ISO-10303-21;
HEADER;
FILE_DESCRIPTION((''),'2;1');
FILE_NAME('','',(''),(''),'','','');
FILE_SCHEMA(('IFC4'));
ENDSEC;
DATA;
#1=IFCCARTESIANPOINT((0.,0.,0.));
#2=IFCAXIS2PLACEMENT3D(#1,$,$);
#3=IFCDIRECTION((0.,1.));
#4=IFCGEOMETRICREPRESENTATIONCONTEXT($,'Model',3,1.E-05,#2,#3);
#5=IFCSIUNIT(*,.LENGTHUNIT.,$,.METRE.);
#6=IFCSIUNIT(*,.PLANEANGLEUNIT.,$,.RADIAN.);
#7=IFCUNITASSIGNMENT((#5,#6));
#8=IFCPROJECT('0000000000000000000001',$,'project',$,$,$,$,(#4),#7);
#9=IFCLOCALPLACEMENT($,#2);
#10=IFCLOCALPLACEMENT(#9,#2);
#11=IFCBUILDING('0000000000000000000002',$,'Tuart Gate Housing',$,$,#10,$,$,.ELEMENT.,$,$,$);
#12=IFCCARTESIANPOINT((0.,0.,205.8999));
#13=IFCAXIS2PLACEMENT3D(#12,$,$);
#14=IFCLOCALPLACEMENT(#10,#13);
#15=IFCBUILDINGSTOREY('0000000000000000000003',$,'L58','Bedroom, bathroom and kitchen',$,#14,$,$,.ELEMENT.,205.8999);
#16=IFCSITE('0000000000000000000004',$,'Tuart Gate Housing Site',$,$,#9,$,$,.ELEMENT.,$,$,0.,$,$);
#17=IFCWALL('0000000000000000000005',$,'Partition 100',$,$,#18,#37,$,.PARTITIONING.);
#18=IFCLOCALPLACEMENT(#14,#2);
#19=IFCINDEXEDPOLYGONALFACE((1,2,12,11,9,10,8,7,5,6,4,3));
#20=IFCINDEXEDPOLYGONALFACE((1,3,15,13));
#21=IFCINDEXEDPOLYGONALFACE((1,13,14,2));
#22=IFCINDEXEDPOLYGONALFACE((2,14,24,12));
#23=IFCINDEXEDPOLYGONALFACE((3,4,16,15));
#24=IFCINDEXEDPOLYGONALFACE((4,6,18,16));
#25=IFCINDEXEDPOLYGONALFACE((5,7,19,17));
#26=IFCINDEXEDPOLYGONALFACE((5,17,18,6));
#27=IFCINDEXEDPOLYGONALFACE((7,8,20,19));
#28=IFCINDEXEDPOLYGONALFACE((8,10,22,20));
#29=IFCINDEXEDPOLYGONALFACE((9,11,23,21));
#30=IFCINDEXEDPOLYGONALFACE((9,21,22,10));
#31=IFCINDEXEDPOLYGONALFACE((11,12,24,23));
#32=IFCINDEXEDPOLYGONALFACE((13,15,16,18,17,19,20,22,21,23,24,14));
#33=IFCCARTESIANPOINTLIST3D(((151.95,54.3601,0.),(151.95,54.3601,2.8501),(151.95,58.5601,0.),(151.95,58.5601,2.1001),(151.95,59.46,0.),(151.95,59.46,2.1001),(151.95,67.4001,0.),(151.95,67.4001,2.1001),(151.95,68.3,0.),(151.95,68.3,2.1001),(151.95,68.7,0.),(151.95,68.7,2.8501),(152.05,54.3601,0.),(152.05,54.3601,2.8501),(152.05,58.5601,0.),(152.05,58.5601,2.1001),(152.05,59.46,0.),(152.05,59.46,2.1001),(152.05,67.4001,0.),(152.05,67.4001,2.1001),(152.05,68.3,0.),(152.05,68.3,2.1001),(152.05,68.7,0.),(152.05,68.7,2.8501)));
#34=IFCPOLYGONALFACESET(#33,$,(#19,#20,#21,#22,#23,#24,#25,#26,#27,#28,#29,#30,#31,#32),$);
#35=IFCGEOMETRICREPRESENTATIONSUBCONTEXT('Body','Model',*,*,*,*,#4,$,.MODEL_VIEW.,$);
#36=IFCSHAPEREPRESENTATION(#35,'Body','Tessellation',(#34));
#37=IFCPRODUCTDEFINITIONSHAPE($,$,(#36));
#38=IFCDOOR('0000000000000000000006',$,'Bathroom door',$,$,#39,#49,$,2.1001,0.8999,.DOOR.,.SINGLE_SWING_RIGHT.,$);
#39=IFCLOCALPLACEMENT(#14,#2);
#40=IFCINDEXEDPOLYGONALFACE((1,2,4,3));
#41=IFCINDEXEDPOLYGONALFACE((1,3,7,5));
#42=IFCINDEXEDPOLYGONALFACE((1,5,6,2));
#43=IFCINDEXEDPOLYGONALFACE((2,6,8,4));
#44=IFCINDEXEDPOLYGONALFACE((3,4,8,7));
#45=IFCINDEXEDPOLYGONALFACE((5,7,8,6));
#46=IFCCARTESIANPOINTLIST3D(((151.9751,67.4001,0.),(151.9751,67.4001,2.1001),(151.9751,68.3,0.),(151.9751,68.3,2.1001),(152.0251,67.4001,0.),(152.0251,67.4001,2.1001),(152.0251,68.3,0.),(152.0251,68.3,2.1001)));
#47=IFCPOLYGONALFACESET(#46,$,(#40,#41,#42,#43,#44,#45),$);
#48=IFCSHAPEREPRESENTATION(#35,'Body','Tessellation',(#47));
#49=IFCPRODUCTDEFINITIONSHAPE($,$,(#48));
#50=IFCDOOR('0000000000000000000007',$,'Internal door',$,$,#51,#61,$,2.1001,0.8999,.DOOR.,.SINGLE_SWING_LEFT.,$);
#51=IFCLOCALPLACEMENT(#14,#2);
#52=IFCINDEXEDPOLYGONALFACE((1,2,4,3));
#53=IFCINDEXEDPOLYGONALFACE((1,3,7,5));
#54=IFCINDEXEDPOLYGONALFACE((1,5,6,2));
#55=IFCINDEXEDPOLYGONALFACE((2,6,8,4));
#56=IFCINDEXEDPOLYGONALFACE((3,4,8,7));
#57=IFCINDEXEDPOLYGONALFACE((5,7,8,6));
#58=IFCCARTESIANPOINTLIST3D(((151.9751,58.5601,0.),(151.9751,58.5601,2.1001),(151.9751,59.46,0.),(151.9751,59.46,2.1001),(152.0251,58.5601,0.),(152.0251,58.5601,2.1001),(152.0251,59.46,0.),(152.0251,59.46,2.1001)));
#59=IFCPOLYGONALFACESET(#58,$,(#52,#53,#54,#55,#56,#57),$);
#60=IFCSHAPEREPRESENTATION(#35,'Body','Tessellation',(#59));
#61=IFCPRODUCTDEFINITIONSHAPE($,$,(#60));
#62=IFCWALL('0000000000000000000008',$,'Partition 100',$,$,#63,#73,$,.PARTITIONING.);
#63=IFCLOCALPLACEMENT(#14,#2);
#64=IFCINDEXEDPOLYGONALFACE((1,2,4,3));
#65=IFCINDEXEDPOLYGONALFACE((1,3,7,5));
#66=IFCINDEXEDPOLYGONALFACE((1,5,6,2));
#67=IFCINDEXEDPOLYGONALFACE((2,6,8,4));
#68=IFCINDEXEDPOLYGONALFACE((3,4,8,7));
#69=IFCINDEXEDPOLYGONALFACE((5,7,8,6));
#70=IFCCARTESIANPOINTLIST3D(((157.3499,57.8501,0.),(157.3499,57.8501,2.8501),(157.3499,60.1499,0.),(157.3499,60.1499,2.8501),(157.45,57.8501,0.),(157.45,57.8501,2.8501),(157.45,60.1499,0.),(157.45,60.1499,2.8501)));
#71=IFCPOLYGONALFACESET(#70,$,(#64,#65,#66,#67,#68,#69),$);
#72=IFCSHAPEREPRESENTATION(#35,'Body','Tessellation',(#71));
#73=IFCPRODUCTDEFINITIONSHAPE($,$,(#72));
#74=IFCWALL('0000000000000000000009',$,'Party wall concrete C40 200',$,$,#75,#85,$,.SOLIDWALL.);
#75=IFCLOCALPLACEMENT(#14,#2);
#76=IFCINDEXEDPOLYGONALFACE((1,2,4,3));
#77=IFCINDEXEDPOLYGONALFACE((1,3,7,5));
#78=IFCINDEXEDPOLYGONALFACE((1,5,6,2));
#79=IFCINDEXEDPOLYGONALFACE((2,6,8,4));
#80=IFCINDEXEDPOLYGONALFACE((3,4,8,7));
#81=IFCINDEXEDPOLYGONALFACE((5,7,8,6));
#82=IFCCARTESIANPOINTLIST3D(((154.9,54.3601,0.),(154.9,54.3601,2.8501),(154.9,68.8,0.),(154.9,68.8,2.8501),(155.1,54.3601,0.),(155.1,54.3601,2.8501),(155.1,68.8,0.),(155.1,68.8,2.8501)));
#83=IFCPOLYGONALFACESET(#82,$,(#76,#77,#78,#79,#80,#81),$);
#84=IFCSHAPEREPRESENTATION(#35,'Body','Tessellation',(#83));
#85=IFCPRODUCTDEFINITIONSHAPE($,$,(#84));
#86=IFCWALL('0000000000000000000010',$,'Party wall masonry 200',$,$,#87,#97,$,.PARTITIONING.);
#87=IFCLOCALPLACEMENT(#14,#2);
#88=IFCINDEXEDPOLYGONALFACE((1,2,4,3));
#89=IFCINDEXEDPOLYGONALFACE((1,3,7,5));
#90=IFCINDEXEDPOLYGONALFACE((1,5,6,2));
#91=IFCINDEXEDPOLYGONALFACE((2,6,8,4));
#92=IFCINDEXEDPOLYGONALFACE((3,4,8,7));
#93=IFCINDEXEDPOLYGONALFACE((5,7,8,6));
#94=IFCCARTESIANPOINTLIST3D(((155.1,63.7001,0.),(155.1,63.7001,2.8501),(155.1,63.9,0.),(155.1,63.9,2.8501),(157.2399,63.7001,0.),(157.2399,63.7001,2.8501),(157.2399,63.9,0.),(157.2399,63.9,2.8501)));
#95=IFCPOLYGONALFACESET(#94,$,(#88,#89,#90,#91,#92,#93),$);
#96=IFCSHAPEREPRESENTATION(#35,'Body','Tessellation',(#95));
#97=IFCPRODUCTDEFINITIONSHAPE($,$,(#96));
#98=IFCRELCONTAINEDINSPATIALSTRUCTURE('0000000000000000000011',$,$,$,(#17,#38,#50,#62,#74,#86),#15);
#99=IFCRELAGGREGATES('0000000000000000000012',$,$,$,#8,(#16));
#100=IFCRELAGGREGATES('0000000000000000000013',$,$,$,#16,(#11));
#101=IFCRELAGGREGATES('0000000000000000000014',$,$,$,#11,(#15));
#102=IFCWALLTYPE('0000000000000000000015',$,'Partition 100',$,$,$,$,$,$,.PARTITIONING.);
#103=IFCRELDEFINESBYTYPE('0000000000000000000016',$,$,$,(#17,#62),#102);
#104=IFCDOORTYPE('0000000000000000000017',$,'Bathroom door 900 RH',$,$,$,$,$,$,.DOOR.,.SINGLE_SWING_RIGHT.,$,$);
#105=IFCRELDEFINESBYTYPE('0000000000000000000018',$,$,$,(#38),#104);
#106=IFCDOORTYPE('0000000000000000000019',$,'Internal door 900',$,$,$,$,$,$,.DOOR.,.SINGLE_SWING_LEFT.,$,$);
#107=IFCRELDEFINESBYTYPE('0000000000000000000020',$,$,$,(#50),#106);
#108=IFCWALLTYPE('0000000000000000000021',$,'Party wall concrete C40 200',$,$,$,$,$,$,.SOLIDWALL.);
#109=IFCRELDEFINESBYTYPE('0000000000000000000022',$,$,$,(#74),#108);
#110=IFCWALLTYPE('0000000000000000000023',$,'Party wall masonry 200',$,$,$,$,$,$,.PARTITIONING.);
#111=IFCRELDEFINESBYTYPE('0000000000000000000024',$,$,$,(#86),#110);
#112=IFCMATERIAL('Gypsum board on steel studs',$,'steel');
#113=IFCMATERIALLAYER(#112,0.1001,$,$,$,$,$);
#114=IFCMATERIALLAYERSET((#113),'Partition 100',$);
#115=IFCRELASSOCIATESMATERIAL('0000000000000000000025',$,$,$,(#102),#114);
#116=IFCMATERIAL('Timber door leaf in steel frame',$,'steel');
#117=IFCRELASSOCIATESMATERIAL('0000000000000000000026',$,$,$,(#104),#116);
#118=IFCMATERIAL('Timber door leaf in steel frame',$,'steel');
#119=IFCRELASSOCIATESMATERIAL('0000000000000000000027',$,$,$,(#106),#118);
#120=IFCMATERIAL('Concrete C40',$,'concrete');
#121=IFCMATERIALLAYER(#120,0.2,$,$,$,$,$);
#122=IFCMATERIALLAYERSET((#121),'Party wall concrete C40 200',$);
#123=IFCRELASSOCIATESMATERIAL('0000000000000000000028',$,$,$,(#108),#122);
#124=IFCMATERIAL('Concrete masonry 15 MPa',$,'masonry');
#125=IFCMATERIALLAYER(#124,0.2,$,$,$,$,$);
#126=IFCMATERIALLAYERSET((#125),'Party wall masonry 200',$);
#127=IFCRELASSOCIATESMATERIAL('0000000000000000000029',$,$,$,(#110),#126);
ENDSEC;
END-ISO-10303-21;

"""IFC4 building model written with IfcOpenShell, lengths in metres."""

from ifc_helpers import new_model, si_unit, direction, frame, frame_2d, origin, place, context, subcontext, project, spatial, rectangle, extrude, material, layer, layer_set, type_object, element, fill, save


model = new_model("IFC4")

# Units and contexts
model_context = context("Model", 3, precision=1e-05, world=origin(), true_north=direction((0.0, 1.0)))
body_context = subcontext(model_context, "Body", "Model", "MODEL_VIEW")
ifc_project = project(units=[si_unit("LENGTHUNIT", "METRE"), si_unit("PLANEANGLEUNIT", "RADIAN")], contexts=[model_context])

# Site, building, storey
site_placement = place(None, origin())
site = spatial("IfcSite", under=ifc_project, at=site_placement, Name="Tuart Gate Housing Site", CompositionType="ELEMENT", RefElevation=0.0)
building_placement = place(site_placement, origin())
building = spatial("IfcBuilding", under=site, at=building_placement, Name="Tuart Gate Housing", CompositionType="ELEMENT")
storey_placement = place(building_placement, frame((0.0, 0.0, 205.8999)))
storey = spatial("IfcBuildingStorey", under=building, at=storey_placement, Name="L58", Description="Bedroom, bathroom and kitchen", CompositionType="ELEMENT", Elevation=205.8999)

# Shared definitions
ifc_material_1 = material(Name="Gypsum board on steel studs", Category="steel")
ifc_layer_1 = layer(ifc_material_1, 0.1001)
ifc_layer_set_1 = layer_set([ifc_layer_1], Name="Partition 100")
wall_type_1 = type_object("IfcWallType", Name="Partition 100", PredefinedType="PARTITIONING", material=ifc_layer_set_1)

# Wall, openings, doors
wall_1_placement = place(storey_placement, frame((152.0, 54.3601, 0.0), z_axis=(0.0, 0.0, 1.0), x_axis=(0.0, 1.0, 0.0)))
wall_1 = element("IfcWall", 1, at=wall_1_placement, inside=storey, type_object=wall_type_1, Name="Partition 100", PredefinedType="PARTITIONING", context=body_context, shape_type="SweptSolid", body=[
    extrude(rectangle(XDim=14.3398, YDim=0.1001, at=frame_2d((7.1699, 0.0))), origin(), (0.0, 0.0, 1.0), 2.8501),
])
opening_1_placement = place(wall_1_placement, frame((4.2, 0.0, 0.0)))
opening_1 = element("IfcOpeningElement", 2, at=opening_1_placement, cuts=wall_1, PredefinedType="OPENING", context=body_context, shape_type="SweptSolid", body=[
    extrude(rectangle(XDim=0.8999, YDim=2.1001, at=frame_2d((0.45, 1.05))), frame((0.0, 0.0601, 0.0), z_axis=(0.0, -1.0, 0.0), x_axis=(1.0, 0.0, 0.0)), (0.0, 0.0, 1.0), 0.1201),
])
opening_2_placement = place(wall_1_placement, frame((13.04, 0.0, 0.0)))
opening_2 = element("IfcOpeningElement", 3, at=opening_2_placement, cuts=wall_1, PredefinedType="OPENING", context=body_context, shape_type="SweptSolid", body=[
    extrude(rectangle(XDim=0.8999, YDim=2.1001, at=frame_2d((0.45, 1.05))), frame((0.0, 0.0601, 0.0), z_axis=(0.0, -1.0, 0.0), x_axis=(1.0, 0.0, 0.0)), (0.0, 0.0, 1.0), 0.1201),
])
ifc_material_2 = material(Name="Timber door leaf in steel frame", Category="steel")
door_type_1 = type_object("IfcDoorType", Name="Bathroom door 900 RH", OperationType="SINGLE_SWING_RIGHT", PredefinedType="DOOR", material=ifc_material_2)
door_1_placement = place(opening_2_placement, origin())
door_1 = element("IfcDoor", 4, at=door_1_placement, inside=storey, type_object=door_type_1, Name="Bathroom door", OperationType="SINGLE_SWING_RIGHT", OverallHeight=2.1001, OverallWidth=0.8999, PredefinedType="DOOR", context=body_context, shape_type="SweptSolid", body=[
    extrude(rectangle(XDim=0.8999, YDim=2.1001, at=frame_2d((0.45, 1.05))), frame((0.0, 0.0249, 0.0), z_axis=(0.0, -1.0, 0.0), x_axis=(1.0, 0.0, 0.0)), (0.0, 0.0, 1.0), 0.05),
])
fill(opening_2, door_1)
ifc_material_3 = material(Name="Timber door leaf in steel frame", Category="steel")
door_type_2 = type_object("IfcDoorType", Name="Internal door 900", OperationType="SINGLE_SWING_LEFT", PredefinedType="DOOR", material=ifc_material_3)
door_2_placement = place(opening_1_placement, origin())
door_2 = element("IfcDoor", 5, at=door_2_placement, inside=storey, type_object=door_type_2, Name="Internal door", OperationType="SINGLE_SWING_LEFT", OverallHeight=2.1001, OverallWidth=0.8999, PredefinedType="DOOR", context=body_context, shape_type="SweptSolid", body=[
    extrude(rectangle(XDim=0.8999, YDim=2.1001, at=frame_2d((0.45, 1.05))), frame((0.0, 0.0249, 0.0), z_axis=(0.0, -1.0, 0.0), x_axis=(1.0, 0.0, 0.0)), (0.0, 0.0, 1.0), 0.05),
])
fill(opening_1, door_2)

# Walls
wall_2_placement = place(storey_placement, frame((157.3999, 57.8501, 0.0), z_axis=(0.0, 0.0, 1.0), x_axis=(0.0, 1.0, 0.0)))
element("IfcWall", 6, at=wall_2_placement, inside=storey, type_object=wall_type_1, Name="Partition 100", PredefinedType="PARTITIONING", context=body_context, shape_type="SweptSolid", body=[
    extrude(rectangle(XDim=2.2998, YDim=0.1001, at=frame_2d((1.1499, 0.0))), origin(), (0.0, 0.0, 1.0), 2.8501),
])
ifc_material_4 = material(Name="Concrete C40", Category="concrete")
ifc_layer_2 = layer(ifc_material_4, 0.2)
ifc_layer_set_2 = layer_set([ifc_layer_2], Name="Party wall concrete C40 200")
wall_type_2 = type_object("IfcWallType", Name="Party wall concrete C40 200", PredefinedType="SOLIDWALL", material=ifc_layer_set_2)
wall_3_placement = place(storey_placement, frame((155.0, 54.3601, 0.0), z_axis=(0.0, 0.0, 1.0), x_axis=(0.0, 1.0, 0.0)))
element("IfcWall", 7, at=wall_3_placement, inside=storey, type_object=wall_type_2, Name="Party wall concrete C40 200", PredefinedType="SOLIDWALL", context=body_context, shape_type="SweptSolid", body=[
    extrude(rectangle(XDim=14.4399, YDim=0.2, at=frame_2d((7.22, 0.0))), origin(), (0.0, 0.0, 1.0), 2.8501),
])
ifc_material_5 = material(Name="Concrete masonry 15 MPa", Category="masonry")
ifc_layer_3 = layer(ifc_material_5, 0.2)
ifc_layer_set_3 = layer_set([ifc_layer_3], Name="Party wall masonry 200")
wall_type_3 = type_object("IfcWallType", Name="Party wall masonry 200", PredefinedType="PARTITIONING", material=ifc_layer_set_3)
wall_4_placement = place(storey_placement, frame((155.1001, 63.8, 0.0), z_axis=(0.0, 0.0, 1.0), x_axis=(1.0, 0.0, 0.0)))
element("IfcWall", 8, at=wall_4_placement, inside=storey, type_object=wall_type_3, Name="Party wall masonry 200", PredefinedType="PARTITIONING", context=body_context, shape_type="SweptSolid", body=[
    extrude(rectangle(XDim=2.1399, YDim=0.2, at=frame_2d((1.0698, 0.0))), origin(), (0.0, 0.0, 1.0), 2.8501),
])

save(model, "model.ifc")
